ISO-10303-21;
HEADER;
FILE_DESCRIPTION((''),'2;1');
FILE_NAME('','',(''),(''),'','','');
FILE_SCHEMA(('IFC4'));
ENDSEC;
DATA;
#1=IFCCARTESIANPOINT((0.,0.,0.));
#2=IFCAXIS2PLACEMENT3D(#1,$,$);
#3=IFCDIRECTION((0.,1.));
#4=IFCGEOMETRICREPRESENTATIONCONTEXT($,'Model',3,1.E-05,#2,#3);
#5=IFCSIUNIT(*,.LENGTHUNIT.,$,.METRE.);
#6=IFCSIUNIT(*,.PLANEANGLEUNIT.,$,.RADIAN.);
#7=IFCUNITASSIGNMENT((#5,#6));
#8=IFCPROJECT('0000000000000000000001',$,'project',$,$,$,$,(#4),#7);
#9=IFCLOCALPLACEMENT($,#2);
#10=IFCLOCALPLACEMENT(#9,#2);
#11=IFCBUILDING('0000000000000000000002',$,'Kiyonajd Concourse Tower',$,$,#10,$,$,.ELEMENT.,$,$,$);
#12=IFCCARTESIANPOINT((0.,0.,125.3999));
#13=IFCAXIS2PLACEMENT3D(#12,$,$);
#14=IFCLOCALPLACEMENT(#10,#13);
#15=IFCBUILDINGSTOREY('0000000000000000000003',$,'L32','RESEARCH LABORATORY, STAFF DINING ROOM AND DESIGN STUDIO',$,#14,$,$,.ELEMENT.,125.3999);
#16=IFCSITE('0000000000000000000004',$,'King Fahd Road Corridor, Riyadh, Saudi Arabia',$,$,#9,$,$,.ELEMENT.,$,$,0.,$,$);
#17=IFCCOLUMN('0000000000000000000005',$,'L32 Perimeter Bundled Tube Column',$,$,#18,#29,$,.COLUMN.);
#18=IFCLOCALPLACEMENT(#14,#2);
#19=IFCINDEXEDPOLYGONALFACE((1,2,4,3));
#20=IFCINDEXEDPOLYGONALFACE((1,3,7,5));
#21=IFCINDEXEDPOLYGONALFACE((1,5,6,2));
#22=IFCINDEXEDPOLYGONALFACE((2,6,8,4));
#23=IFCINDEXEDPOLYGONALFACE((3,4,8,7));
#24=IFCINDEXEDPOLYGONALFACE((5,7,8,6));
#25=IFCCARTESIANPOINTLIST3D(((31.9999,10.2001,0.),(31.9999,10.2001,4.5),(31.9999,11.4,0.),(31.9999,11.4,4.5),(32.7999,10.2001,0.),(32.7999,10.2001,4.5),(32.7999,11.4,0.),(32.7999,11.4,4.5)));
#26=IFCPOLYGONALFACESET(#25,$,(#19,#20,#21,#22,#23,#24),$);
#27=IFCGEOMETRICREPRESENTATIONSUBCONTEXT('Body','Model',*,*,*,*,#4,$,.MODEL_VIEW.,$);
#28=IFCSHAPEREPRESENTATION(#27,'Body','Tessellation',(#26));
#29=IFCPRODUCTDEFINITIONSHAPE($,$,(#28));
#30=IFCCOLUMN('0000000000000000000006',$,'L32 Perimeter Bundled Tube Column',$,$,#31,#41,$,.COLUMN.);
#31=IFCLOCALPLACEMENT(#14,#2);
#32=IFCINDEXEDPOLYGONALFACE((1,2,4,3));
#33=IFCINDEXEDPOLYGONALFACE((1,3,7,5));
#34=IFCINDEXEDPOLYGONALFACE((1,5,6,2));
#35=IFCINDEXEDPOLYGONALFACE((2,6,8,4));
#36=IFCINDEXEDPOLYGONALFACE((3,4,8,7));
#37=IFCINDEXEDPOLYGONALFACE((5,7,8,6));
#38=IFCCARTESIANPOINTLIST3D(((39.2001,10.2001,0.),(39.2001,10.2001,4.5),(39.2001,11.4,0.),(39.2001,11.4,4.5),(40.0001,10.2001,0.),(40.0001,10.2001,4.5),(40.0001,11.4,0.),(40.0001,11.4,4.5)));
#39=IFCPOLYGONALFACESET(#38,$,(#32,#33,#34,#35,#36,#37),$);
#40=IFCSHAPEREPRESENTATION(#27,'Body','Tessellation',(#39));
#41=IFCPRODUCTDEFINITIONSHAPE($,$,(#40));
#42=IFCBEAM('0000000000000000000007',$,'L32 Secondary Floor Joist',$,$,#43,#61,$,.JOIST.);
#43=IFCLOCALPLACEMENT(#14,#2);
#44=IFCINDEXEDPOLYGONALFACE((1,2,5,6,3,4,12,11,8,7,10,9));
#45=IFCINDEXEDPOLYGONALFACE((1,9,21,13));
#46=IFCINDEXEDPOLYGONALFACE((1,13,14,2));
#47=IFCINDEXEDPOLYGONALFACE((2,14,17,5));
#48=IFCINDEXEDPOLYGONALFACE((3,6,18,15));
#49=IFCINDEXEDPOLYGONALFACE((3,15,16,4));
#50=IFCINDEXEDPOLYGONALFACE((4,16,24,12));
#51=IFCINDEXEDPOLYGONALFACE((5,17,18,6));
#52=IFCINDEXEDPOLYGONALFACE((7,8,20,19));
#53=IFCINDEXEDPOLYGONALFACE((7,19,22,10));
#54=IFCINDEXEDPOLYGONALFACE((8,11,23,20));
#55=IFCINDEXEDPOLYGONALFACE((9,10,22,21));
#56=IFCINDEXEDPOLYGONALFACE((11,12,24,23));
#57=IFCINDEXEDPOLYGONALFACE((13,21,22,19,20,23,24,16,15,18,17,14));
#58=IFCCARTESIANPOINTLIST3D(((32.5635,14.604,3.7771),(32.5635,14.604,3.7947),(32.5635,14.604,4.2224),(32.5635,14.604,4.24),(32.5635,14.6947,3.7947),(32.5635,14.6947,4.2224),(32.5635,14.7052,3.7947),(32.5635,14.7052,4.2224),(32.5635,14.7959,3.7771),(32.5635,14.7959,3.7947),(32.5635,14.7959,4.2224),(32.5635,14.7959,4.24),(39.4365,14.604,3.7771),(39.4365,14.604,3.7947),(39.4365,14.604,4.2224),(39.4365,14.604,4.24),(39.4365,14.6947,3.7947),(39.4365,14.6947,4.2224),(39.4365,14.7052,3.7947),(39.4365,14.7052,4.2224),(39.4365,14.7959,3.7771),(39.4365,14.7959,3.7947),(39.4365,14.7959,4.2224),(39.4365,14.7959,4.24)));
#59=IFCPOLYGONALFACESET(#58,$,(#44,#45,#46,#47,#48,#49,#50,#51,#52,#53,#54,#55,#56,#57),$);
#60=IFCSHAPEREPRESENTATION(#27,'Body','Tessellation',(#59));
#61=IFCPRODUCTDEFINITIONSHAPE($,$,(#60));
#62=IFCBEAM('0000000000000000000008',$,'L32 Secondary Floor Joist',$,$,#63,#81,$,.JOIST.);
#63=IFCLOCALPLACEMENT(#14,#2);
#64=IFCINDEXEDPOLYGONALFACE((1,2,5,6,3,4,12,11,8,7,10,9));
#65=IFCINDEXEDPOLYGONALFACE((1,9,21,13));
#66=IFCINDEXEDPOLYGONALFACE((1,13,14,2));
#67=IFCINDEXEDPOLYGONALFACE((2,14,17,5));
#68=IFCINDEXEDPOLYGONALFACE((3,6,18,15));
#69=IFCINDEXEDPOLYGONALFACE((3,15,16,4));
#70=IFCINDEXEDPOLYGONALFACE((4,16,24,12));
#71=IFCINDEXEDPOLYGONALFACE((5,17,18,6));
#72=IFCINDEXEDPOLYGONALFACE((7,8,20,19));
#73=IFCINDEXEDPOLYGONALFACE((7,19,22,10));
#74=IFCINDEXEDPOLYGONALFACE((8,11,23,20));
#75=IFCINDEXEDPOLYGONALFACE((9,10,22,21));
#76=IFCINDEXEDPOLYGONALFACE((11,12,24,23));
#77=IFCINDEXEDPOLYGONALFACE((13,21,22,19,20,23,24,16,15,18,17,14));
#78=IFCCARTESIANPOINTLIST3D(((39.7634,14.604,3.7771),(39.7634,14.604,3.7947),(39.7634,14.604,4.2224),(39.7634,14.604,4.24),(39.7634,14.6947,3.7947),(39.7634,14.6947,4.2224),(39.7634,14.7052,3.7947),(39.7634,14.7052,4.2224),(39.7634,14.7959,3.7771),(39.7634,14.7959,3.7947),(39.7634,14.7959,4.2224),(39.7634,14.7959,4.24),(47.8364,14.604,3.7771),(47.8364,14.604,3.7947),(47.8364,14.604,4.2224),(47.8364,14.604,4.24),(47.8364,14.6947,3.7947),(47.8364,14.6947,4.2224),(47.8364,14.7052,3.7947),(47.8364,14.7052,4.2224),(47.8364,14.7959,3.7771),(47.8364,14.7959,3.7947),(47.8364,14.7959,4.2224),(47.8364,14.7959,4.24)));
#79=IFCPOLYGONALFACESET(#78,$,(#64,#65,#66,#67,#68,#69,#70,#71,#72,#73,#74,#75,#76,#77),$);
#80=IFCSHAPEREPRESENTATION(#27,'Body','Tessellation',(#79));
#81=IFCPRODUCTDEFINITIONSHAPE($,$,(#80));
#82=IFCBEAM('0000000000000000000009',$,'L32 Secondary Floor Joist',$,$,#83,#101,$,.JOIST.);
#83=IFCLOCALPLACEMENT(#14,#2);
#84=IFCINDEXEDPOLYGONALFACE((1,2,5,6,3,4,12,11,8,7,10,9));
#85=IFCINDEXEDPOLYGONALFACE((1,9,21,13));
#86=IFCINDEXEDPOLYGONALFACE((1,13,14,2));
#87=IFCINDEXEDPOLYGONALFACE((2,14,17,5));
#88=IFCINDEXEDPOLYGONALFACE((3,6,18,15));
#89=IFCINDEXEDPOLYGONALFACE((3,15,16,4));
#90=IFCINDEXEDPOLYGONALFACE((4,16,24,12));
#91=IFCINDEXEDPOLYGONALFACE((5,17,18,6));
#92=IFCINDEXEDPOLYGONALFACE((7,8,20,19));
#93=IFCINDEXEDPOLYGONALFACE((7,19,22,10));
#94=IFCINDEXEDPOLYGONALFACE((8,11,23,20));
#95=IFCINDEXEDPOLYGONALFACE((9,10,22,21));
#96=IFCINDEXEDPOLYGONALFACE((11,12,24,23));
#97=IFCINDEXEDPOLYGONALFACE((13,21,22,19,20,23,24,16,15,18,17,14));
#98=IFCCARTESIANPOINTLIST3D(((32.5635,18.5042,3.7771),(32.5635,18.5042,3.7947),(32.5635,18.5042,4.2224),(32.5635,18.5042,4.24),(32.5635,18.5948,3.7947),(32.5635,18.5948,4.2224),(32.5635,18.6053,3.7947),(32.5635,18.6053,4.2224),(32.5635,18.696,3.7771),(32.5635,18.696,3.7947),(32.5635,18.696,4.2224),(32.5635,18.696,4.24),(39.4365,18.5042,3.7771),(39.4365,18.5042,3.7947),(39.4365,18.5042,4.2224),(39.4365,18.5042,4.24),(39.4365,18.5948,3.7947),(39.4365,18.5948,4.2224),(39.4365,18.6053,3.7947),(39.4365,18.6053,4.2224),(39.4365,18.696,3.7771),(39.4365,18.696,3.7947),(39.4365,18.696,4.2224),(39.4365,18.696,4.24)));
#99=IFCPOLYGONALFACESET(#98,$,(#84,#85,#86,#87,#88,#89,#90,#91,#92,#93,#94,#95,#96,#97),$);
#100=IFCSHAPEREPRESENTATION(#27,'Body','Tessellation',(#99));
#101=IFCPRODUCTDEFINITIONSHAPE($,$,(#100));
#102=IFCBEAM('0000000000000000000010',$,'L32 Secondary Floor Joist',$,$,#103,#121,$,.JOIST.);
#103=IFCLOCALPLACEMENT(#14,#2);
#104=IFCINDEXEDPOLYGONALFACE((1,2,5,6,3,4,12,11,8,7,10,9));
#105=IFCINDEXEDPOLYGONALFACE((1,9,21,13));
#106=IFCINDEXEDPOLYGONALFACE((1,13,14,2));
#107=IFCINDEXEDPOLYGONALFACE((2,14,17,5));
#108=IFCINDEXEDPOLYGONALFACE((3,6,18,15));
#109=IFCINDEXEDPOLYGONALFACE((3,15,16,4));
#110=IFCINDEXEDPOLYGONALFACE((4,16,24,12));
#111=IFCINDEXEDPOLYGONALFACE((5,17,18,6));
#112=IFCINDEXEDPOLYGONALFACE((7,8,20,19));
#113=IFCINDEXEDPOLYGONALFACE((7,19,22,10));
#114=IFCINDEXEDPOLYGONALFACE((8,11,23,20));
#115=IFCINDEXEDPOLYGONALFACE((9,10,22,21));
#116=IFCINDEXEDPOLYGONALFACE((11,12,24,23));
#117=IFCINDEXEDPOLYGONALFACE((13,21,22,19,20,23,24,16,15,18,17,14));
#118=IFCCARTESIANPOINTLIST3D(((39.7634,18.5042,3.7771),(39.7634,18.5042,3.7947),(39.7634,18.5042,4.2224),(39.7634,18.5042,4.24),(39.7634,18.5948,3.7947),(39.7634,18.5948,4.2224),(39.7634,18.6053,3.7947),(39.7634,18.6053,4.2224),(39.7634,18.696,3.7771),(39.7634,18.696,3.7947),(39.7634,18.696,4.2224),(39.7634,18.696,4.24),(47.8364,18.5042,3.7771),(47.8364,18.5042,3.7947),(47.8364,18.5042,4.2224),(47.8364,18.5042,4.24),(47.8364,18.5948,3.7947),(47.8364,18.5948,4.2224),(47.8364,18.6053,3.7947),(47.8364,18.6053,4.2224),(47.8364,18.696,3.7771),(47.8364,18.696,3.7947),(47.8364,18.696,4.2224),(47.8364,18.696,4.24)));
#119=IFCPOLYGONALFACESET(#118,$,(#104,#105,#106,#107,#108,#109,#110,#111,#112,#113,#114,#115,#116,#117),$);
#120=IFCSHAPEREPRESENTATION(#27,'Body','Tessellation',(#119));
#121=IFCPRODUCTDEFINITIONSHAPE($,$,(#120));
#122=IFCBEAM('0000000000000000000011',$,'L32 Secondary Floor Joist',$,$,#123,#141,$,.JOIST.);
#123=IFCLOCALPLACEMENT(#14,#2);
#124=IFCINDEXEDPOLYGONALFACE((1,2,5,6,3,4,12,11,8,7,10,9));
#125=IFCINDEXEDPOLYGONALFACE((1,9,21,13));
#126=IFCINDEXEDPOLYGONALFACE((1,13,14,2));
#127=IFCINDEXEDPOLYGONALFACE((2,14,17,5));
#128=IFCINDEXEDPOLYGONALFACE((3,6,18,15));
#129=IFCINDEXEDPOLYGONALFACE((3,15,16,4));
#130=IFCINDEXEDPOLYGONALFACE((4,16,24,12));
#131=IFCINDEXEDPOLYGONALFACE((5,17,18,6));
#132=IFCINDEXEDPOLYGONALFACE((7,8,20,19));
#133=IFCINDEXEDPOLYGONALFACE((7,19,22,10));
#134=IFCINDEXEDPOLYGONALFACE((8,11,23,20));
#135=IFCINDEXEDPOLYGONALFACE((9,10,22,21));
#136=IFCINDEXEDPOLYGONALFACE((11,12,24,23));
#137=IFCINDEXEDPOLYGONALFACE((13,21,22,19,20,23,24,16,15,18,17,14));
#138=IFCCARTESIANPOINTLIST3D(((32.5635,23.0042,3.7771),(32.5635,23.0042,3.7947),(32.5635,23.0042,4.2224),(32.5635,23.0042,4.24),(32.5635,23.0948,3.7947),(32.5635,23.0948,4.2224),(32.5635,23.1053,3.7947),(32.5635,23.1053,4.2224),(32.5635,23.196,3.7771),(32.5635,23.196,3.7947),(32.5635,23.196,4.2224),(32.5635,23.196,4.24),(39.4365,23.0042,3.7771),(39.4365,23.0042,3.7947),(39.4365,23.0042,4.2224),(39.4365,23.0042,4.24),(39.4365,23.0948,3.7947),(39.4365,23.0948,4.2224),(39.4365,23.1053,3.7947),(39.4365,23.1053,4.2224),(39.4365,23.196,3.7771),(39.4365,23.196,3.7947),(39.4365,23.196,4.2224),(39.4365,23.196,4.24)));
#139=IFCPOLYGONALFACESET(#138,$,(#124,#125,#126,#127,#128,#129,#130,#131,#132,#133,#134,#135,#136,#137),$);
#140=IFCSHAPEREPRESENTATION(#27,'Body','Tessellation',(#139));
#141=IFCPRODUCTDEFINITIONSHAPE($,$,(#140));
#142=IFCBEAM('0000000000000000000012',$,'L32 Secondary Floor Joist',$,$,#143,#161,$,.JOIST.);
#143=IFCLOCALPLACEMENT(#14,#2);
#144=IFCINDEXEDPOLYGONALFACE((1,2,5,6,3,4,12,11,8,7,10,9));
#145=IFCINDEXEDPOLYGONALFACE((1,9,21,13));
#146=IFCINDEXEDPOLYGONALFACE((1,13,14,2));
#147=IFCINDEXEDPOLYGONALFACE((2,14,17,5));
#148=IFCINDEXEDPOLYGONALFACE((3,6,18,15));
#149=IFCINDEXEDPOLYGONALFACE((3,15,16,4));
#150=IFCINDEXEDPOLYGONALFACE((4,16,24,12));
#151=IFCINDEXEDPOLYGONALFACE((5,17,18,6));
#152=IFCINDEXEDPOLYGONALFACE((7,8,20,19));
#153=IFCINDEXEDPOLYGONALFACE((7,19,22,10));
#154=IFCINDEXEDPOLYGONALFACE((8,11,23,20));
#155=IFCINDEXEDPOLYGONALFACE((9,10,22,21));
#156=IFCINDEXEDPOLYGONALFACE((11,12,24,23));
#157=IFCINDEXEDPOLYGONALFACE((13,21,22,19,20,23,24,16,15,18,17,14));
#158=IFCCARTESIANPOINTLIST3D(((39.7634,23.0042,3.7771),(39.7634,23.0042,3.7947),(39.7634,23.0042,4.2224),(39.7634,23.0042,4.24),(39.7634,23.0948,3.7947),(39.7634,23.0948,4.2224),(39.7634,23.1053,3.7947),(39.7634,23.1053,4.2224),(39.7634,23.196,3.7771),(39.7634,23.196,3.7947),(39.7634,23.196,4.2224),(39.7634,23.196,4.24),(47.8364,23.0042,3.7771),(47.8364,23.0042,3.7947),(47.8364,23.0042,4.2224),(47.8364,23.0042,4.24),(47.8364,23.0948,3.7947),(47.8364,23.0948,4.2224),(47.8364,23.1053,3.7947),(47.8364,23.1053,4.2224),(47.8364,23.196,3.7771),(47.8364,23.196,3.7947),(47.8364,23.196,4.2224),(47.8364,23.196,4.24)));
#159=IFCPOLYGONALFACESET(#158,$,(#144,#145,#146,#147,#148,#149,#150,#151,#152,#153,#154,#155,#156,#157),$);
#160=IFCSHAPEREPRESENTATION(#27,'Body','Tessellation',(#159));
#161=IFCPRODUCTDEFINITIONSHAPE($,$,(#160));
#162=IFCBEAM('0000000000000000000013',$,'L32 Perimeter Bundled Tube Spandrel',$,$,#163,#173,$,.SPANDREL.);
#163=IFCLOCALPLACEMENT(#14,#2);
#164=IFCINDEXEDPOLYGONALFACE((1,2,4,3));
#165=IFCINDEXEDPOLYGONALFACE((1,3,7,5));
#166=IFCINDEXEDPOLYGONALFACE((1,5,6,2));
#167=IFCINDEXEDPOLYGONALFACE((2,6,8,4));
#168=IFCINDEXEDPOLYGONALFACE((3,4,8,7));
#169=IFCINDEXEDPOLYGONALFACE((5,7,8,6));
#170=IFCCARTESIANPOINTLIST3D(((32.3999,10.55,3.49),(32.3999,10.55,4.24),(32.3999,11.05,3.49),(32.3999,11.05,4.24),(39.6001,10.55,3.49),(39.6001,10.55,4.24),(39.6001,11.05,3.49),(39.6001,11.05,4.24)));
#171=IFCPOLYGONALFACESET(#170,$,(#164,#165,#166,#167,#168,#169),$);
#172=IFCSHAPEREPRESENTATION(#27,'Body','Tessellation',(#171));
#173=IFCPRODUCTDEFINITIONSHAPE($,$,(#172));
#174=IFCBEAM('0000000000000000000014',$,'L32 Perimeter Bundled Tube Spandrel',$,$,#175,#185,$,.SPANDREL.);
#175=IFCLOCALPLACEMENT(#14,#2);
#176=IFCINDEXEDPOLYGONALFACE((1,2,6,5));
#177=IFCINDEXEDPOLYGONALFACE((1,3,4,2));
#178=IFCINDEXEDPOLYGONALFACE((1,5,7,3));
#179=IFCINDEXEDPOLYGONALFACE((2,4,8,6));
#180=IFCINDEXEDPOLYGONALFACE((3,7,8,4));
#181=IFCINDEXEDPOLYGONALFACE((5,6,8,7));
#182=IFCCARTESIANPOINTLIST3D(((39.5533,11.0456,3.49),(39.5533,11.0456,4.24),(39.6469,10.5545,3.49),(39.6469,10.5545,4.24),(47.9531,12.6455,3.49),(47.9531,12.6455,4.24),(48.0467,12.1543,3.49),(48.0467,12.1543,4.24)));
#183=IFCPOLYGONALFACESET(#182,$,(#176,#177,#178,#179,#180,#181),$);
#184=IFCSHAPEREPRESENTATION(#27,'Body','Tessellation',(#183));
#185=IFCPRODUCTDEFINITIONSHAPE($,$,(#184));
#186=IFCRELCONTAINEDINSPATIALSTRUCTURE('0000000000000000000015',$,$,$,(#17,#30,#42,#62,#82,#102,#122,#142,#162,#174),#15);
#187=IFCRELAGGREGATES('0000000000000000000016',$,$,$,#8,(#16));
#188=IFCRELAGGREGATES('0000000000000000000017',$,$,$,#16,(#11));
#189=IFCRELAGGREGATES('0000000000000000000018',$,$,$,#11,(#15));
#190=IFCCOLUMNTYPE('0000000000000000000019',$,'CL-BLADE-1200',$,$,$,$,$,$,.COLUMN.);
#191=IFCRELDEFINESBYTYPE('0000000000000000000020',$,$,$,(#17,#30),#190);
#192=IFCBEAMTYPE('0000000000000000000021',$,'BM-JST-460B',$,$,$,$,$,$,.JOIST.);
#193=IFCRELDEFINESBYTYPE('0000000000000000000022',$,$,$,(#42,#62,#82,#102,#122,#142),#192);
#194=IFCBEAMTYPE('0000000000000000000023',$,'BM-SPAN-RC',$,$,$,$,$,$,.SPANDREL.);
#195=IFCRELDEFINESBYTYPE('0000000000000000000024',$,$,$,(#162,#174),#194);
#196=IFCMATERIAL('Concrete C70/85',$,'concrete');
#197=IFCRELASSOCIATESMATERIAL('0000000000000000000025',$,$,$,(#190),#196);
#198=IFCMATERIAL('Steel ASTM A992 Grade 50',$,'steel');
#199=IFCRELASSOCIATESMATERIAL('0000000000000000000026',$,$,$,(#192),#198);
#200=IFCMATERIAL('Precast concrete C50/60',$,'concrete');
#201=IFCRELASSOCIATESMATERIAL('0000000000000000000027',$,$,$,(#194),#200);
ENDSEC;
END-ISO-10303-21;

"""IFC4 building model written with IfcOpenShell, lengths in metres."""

from ifc_helpers import new_model, si_unit, direction, frame, origin, origin_2d, place, context, subcontext, project, spatial, rectangle, i_section, extrude, material, material_profile, profile_set, type_object, element, save


model = new_model("IFC4")

# Units and contexts
model_context = context("Model", 3, precision=1e-05, world=origin(), true_north=direction((0.0, 1.0)))
body_context = subcontext(model_context, "Body", "Model", "MODEL_VIEW")
ifc_project = project(units=[si_unit("LENGTHUNIT", "METRE"), si_unit("PLANEANGLEUNIT", "RADIAN")], contexts=[model_context])

# Site, building, storey
site_placement = place(None, origin())
site = spatial("IfcSite", under=ifc_project, at=site_placement, Name="King Fahd Road Corridor, Riyadh, Saudi Arabia", CompositionType="ELEMENT", RefElevation=0.0)
building_placement = place(site_placement, origin())
building = spatial("IfcBuilding", under=site, at=building_placement, Name="Kiyonajd Concourse Tower", CompositionType="ELEMENT")
storey_placement = place(building_placement, frame((0.0, 0.0, 125.3999)))
storey = spatial("IfcBuildingStorey", under=building, at=storey_placement, Name="L32", Description="RESEARCH LABORATORY, STAFF DINING ROOM AND DESIGN STUDIO", CompositionType="ELEMENT", Elevation=125.3999)

# Columns
ifc_material_1 = material(Name="Concrete C70/85", Category="concrete")
ifc_material_profile_1 = material_profile(ifc_material_1, rectangle(XDim=0.8, YDim=1.2, at=origin_2d()), Name="RC-1200x800")
ifc_profile_set_1 = profile_set([ifc_material_profile_1], Name="Concrete C70/85")
column_type = type_object("IfcColumnType", Name="CL-BLADE-1200", PredefinedType="COLUMN", material=ifc_profile_set_1)
for number, where, z_axis, x_axis, name in (
    (1, (32.3999, 10.8, 0.0), (0.0, 0.0, 1.0), (1.0, 0.0, 0.0), "L32 Perimeter Bundled Tube Column"),
    (2, (39.6001, 10.8, 0.0), (0.0, 0.0, 1.0), (1.0, 0.0, 0.0), "L32 Perimeter Bundled Tube Column"),
):
    element("IfcColumn", number, at=place(storey_placement, frame(where, z_axis=z_axis, x_axis=x_axis)), inside=storey, type_object=column_type, Name=name, PredefinedType="COLUMN", context=body_context, shape_type="SweptSolid", body=[
        extrude(rectangle(XDim=0.8, YDim=1.2, at=origin_2d()), origin(), (0.0, 0.0, 1.0), 4.5),
    ])

# Beams
ifc_material_2 = material(Name="Steel ASTM A992 Grade 50", Category="steel")
ifc_material_profile_2 = material_profile(ifc_material_2, i_section(OverallWidth=0.1919, OverallDepth=0.4629, WebThickness=0.0105, FlangeThickness=0.0176, at=origin_2d()), Name="W460X89")
ifc_profile_set_2 = profile_set([ifc_material_profile_2], Name="Steel ASTM A992 Grade 50")
beam_type_1 = type_object("IfcBeamType", Name="BM-JST-460B", PredefinedType="JOIST", material=ifc_profile_set_2)
beam_1_placement = place(storey_placement, frame((32.5635, 14.7, 4.0085), z_axis=(1.0, 0.0, 0.0), x_axis=(0.0, 1.0, 0.0)))
element("IfcBeam", 3, at=beam_1_placement, inside=storey, type_object=beam_type_1, Name="L32 Secondary Floor Joist", PredefinedType="JOIST", context=body_context, shape_type="SweptSolid", body=[
    extrude(i_section(OverallWidth=0.1919, OverallDepth=0.4629, WebThickness=0.0105, FlangeThickness=0.0176, at=origin_2d()), origin(), (0.0, 0.0, 1.0), 6.873),
])
beam_2_placement = place(storey_placement, frame((39.7634, 14.7, 4.0085), z_axis=(1.0, 0.0, 0.0), x_axis=(0.0, 1.0, 0.0)))
element("IfcBeam", 4, at=beam_2_placement, inside=storey, type_object=beam_type_1, Name="L32 Secondary Floor Joist", PredefinedType="JOIST", context=body_context, shape_type="SweptSolid", body=[
    extrude(i_section(OverallWidth=0.1919, OverallDepth=0.4629, WebThickness=0.0105, FlangeThickness=0.0176, at=origin_2d()), origin(), (0.0, 0.0, 1.0), 8.073),
])
beam_3_placement = place(storey_placement, frame((32.5635, 18.6001, 4.0085), z_axis=(1.0, 0.0, 0.0), x_axis=(0.0, 1.0, 0.0)))
element("IfcBeam", 5, at=beam_3_placement, inside=storey, type_object=beam_type_1, Name="L32 Secondary Floor Joist", PredefinedType="JOIST", context=body_context, shape_type="SweptSolid", body=[
    extrude(i_section(OverallWidth=0.1919, OverallDepth=0.4629, WebThickness=0.0105, FlangeThickness=0.0176, at=origin_2d()), origin(), (0.0, 0.0, 1.0), 6.873),
])
beam_4_placement = place(storey_placement, frame((39.7634, 18.6001, 4.0085), z_axis=(1.0, 0.0, 0.0), x_axis=(0.0, 1.0, 0.0)))
element("IfcBeam", 6, at=beam_4_placement, inside=storey, type_object=beam_type_1, Name="L32 Secondary Floor Joist", PredefinedType="JOIST", context=body_context, shape_type="SweptSolid", body=[
    extrude(i_section(OverallWidth=0.1919, OverallDepth=0.4629, WebThickness=0.0105, FlangeThickness=0.0176, at=origin_2d()), origin(), (0.0, 0.0, 1.0), 8.073),
])
beam_5_placement = place(storey_placement, frame((32.5635, 23.1001, 4.0085), z_axis=(1.0, 0.0, 0.0), x_axis=(0.0, 1.0, 0.0)))
element("IfcBeam", 7, at=beam_5_placement, inside=storey, type_object=beam_type_1, Name="L32 Secondary Floor Joist", PredefinedType="JOIST", context=body_context, shape_type="SweptSolid", body=[
    extrude(i_section(OverallWidth=0.1919, OverallDepth=0.4629, WebThickness=0.0105, FlangeThickness=0.0176, at=origin_2d()), origin(), (0.0, 0.0, 1.0), 6.873),
])
beam_6_placement = place(storey_placement, frame((39.7634, 23.1001, 4.0085), z_axis=(1.0, 0.0, 0.0), x_axis=(0.0, 1.0, 0.0)))
element("IfcBeam", 8, at=beam_6_placement, inside=storey, type_object=beam_type_1, Name="L32 Secondary Floor Joist", PredefinedType="JOIST", context=body_context, shape_type="SweptSolid", body=[
    extrude(i_section(OverallWidth=0.1919, OverallDepth=0.4629, WebThickness=0.0105, FlangeThickness=0.0176, at=origin_2d()), origin(), (0.0, 0.0, 1.0), 8.073),
])
ifc_material_3 = material(Name="Precast concrete C50/60", Category="concrete")
ifc_material_profile_3 = material_profile(ifc_material_3, rectangle(XDim=0.5, YDim=0.75, at=origin_2d()), Name="RCBM-500x750")
ifc_profile_set_3 = profile_set([ifc_material_profile_3], Name="Precast concrete C50/60")
beam_type_2 = type_object("IfcBeamType", Name="BM-SPAN-RC", PredefinedType="SPANDREL", material=ifc_profile_set_3)
beam_7_placement = place(storey_placement, frame((32.3999, 10.8, 3.865), z_axis=(1.0, 0.0, 0.0), x_axis=(0.0, 1.0, 0.0)))
element("IfcBeam", 9, at=beam_7_placement, inside=storey, type_object=beam_type_2, Name="L32 Perimeter Bundled Tube Spandrel", PredefinedType="SPANDREL", context=body_context, shape_type="SweptSolid", body=[
    extrude(rectangle(XDim=0.5, YDim=0.75, at=origin_2d()), origin(), (0.0, 0.0, 1.0), 7.2002),
])
beam_8_placement = place(storey_placement, frame((39.6001, 10.8, 3.865), z_axis=(0.982341, 0.187098, 0.0), x_axis=(-0.187098, 0.982341, 0.0)))
element("IfcBeam", 10, at=beam_8_placement, inside=storey, type_object=beam_type_2, Name="L32 Perimeter Bundled Tube Spandrel", PredefinedType="SPANDREL", context=body_context, shape_type="SweptSolid", body=[
    extrude(rectangle(XDim=0.5, YDim=0.75, at=origin_2d()), origin(), (0.0, 0.0, 1.0), 8.5508),
])

save(model, "model.ifc")
